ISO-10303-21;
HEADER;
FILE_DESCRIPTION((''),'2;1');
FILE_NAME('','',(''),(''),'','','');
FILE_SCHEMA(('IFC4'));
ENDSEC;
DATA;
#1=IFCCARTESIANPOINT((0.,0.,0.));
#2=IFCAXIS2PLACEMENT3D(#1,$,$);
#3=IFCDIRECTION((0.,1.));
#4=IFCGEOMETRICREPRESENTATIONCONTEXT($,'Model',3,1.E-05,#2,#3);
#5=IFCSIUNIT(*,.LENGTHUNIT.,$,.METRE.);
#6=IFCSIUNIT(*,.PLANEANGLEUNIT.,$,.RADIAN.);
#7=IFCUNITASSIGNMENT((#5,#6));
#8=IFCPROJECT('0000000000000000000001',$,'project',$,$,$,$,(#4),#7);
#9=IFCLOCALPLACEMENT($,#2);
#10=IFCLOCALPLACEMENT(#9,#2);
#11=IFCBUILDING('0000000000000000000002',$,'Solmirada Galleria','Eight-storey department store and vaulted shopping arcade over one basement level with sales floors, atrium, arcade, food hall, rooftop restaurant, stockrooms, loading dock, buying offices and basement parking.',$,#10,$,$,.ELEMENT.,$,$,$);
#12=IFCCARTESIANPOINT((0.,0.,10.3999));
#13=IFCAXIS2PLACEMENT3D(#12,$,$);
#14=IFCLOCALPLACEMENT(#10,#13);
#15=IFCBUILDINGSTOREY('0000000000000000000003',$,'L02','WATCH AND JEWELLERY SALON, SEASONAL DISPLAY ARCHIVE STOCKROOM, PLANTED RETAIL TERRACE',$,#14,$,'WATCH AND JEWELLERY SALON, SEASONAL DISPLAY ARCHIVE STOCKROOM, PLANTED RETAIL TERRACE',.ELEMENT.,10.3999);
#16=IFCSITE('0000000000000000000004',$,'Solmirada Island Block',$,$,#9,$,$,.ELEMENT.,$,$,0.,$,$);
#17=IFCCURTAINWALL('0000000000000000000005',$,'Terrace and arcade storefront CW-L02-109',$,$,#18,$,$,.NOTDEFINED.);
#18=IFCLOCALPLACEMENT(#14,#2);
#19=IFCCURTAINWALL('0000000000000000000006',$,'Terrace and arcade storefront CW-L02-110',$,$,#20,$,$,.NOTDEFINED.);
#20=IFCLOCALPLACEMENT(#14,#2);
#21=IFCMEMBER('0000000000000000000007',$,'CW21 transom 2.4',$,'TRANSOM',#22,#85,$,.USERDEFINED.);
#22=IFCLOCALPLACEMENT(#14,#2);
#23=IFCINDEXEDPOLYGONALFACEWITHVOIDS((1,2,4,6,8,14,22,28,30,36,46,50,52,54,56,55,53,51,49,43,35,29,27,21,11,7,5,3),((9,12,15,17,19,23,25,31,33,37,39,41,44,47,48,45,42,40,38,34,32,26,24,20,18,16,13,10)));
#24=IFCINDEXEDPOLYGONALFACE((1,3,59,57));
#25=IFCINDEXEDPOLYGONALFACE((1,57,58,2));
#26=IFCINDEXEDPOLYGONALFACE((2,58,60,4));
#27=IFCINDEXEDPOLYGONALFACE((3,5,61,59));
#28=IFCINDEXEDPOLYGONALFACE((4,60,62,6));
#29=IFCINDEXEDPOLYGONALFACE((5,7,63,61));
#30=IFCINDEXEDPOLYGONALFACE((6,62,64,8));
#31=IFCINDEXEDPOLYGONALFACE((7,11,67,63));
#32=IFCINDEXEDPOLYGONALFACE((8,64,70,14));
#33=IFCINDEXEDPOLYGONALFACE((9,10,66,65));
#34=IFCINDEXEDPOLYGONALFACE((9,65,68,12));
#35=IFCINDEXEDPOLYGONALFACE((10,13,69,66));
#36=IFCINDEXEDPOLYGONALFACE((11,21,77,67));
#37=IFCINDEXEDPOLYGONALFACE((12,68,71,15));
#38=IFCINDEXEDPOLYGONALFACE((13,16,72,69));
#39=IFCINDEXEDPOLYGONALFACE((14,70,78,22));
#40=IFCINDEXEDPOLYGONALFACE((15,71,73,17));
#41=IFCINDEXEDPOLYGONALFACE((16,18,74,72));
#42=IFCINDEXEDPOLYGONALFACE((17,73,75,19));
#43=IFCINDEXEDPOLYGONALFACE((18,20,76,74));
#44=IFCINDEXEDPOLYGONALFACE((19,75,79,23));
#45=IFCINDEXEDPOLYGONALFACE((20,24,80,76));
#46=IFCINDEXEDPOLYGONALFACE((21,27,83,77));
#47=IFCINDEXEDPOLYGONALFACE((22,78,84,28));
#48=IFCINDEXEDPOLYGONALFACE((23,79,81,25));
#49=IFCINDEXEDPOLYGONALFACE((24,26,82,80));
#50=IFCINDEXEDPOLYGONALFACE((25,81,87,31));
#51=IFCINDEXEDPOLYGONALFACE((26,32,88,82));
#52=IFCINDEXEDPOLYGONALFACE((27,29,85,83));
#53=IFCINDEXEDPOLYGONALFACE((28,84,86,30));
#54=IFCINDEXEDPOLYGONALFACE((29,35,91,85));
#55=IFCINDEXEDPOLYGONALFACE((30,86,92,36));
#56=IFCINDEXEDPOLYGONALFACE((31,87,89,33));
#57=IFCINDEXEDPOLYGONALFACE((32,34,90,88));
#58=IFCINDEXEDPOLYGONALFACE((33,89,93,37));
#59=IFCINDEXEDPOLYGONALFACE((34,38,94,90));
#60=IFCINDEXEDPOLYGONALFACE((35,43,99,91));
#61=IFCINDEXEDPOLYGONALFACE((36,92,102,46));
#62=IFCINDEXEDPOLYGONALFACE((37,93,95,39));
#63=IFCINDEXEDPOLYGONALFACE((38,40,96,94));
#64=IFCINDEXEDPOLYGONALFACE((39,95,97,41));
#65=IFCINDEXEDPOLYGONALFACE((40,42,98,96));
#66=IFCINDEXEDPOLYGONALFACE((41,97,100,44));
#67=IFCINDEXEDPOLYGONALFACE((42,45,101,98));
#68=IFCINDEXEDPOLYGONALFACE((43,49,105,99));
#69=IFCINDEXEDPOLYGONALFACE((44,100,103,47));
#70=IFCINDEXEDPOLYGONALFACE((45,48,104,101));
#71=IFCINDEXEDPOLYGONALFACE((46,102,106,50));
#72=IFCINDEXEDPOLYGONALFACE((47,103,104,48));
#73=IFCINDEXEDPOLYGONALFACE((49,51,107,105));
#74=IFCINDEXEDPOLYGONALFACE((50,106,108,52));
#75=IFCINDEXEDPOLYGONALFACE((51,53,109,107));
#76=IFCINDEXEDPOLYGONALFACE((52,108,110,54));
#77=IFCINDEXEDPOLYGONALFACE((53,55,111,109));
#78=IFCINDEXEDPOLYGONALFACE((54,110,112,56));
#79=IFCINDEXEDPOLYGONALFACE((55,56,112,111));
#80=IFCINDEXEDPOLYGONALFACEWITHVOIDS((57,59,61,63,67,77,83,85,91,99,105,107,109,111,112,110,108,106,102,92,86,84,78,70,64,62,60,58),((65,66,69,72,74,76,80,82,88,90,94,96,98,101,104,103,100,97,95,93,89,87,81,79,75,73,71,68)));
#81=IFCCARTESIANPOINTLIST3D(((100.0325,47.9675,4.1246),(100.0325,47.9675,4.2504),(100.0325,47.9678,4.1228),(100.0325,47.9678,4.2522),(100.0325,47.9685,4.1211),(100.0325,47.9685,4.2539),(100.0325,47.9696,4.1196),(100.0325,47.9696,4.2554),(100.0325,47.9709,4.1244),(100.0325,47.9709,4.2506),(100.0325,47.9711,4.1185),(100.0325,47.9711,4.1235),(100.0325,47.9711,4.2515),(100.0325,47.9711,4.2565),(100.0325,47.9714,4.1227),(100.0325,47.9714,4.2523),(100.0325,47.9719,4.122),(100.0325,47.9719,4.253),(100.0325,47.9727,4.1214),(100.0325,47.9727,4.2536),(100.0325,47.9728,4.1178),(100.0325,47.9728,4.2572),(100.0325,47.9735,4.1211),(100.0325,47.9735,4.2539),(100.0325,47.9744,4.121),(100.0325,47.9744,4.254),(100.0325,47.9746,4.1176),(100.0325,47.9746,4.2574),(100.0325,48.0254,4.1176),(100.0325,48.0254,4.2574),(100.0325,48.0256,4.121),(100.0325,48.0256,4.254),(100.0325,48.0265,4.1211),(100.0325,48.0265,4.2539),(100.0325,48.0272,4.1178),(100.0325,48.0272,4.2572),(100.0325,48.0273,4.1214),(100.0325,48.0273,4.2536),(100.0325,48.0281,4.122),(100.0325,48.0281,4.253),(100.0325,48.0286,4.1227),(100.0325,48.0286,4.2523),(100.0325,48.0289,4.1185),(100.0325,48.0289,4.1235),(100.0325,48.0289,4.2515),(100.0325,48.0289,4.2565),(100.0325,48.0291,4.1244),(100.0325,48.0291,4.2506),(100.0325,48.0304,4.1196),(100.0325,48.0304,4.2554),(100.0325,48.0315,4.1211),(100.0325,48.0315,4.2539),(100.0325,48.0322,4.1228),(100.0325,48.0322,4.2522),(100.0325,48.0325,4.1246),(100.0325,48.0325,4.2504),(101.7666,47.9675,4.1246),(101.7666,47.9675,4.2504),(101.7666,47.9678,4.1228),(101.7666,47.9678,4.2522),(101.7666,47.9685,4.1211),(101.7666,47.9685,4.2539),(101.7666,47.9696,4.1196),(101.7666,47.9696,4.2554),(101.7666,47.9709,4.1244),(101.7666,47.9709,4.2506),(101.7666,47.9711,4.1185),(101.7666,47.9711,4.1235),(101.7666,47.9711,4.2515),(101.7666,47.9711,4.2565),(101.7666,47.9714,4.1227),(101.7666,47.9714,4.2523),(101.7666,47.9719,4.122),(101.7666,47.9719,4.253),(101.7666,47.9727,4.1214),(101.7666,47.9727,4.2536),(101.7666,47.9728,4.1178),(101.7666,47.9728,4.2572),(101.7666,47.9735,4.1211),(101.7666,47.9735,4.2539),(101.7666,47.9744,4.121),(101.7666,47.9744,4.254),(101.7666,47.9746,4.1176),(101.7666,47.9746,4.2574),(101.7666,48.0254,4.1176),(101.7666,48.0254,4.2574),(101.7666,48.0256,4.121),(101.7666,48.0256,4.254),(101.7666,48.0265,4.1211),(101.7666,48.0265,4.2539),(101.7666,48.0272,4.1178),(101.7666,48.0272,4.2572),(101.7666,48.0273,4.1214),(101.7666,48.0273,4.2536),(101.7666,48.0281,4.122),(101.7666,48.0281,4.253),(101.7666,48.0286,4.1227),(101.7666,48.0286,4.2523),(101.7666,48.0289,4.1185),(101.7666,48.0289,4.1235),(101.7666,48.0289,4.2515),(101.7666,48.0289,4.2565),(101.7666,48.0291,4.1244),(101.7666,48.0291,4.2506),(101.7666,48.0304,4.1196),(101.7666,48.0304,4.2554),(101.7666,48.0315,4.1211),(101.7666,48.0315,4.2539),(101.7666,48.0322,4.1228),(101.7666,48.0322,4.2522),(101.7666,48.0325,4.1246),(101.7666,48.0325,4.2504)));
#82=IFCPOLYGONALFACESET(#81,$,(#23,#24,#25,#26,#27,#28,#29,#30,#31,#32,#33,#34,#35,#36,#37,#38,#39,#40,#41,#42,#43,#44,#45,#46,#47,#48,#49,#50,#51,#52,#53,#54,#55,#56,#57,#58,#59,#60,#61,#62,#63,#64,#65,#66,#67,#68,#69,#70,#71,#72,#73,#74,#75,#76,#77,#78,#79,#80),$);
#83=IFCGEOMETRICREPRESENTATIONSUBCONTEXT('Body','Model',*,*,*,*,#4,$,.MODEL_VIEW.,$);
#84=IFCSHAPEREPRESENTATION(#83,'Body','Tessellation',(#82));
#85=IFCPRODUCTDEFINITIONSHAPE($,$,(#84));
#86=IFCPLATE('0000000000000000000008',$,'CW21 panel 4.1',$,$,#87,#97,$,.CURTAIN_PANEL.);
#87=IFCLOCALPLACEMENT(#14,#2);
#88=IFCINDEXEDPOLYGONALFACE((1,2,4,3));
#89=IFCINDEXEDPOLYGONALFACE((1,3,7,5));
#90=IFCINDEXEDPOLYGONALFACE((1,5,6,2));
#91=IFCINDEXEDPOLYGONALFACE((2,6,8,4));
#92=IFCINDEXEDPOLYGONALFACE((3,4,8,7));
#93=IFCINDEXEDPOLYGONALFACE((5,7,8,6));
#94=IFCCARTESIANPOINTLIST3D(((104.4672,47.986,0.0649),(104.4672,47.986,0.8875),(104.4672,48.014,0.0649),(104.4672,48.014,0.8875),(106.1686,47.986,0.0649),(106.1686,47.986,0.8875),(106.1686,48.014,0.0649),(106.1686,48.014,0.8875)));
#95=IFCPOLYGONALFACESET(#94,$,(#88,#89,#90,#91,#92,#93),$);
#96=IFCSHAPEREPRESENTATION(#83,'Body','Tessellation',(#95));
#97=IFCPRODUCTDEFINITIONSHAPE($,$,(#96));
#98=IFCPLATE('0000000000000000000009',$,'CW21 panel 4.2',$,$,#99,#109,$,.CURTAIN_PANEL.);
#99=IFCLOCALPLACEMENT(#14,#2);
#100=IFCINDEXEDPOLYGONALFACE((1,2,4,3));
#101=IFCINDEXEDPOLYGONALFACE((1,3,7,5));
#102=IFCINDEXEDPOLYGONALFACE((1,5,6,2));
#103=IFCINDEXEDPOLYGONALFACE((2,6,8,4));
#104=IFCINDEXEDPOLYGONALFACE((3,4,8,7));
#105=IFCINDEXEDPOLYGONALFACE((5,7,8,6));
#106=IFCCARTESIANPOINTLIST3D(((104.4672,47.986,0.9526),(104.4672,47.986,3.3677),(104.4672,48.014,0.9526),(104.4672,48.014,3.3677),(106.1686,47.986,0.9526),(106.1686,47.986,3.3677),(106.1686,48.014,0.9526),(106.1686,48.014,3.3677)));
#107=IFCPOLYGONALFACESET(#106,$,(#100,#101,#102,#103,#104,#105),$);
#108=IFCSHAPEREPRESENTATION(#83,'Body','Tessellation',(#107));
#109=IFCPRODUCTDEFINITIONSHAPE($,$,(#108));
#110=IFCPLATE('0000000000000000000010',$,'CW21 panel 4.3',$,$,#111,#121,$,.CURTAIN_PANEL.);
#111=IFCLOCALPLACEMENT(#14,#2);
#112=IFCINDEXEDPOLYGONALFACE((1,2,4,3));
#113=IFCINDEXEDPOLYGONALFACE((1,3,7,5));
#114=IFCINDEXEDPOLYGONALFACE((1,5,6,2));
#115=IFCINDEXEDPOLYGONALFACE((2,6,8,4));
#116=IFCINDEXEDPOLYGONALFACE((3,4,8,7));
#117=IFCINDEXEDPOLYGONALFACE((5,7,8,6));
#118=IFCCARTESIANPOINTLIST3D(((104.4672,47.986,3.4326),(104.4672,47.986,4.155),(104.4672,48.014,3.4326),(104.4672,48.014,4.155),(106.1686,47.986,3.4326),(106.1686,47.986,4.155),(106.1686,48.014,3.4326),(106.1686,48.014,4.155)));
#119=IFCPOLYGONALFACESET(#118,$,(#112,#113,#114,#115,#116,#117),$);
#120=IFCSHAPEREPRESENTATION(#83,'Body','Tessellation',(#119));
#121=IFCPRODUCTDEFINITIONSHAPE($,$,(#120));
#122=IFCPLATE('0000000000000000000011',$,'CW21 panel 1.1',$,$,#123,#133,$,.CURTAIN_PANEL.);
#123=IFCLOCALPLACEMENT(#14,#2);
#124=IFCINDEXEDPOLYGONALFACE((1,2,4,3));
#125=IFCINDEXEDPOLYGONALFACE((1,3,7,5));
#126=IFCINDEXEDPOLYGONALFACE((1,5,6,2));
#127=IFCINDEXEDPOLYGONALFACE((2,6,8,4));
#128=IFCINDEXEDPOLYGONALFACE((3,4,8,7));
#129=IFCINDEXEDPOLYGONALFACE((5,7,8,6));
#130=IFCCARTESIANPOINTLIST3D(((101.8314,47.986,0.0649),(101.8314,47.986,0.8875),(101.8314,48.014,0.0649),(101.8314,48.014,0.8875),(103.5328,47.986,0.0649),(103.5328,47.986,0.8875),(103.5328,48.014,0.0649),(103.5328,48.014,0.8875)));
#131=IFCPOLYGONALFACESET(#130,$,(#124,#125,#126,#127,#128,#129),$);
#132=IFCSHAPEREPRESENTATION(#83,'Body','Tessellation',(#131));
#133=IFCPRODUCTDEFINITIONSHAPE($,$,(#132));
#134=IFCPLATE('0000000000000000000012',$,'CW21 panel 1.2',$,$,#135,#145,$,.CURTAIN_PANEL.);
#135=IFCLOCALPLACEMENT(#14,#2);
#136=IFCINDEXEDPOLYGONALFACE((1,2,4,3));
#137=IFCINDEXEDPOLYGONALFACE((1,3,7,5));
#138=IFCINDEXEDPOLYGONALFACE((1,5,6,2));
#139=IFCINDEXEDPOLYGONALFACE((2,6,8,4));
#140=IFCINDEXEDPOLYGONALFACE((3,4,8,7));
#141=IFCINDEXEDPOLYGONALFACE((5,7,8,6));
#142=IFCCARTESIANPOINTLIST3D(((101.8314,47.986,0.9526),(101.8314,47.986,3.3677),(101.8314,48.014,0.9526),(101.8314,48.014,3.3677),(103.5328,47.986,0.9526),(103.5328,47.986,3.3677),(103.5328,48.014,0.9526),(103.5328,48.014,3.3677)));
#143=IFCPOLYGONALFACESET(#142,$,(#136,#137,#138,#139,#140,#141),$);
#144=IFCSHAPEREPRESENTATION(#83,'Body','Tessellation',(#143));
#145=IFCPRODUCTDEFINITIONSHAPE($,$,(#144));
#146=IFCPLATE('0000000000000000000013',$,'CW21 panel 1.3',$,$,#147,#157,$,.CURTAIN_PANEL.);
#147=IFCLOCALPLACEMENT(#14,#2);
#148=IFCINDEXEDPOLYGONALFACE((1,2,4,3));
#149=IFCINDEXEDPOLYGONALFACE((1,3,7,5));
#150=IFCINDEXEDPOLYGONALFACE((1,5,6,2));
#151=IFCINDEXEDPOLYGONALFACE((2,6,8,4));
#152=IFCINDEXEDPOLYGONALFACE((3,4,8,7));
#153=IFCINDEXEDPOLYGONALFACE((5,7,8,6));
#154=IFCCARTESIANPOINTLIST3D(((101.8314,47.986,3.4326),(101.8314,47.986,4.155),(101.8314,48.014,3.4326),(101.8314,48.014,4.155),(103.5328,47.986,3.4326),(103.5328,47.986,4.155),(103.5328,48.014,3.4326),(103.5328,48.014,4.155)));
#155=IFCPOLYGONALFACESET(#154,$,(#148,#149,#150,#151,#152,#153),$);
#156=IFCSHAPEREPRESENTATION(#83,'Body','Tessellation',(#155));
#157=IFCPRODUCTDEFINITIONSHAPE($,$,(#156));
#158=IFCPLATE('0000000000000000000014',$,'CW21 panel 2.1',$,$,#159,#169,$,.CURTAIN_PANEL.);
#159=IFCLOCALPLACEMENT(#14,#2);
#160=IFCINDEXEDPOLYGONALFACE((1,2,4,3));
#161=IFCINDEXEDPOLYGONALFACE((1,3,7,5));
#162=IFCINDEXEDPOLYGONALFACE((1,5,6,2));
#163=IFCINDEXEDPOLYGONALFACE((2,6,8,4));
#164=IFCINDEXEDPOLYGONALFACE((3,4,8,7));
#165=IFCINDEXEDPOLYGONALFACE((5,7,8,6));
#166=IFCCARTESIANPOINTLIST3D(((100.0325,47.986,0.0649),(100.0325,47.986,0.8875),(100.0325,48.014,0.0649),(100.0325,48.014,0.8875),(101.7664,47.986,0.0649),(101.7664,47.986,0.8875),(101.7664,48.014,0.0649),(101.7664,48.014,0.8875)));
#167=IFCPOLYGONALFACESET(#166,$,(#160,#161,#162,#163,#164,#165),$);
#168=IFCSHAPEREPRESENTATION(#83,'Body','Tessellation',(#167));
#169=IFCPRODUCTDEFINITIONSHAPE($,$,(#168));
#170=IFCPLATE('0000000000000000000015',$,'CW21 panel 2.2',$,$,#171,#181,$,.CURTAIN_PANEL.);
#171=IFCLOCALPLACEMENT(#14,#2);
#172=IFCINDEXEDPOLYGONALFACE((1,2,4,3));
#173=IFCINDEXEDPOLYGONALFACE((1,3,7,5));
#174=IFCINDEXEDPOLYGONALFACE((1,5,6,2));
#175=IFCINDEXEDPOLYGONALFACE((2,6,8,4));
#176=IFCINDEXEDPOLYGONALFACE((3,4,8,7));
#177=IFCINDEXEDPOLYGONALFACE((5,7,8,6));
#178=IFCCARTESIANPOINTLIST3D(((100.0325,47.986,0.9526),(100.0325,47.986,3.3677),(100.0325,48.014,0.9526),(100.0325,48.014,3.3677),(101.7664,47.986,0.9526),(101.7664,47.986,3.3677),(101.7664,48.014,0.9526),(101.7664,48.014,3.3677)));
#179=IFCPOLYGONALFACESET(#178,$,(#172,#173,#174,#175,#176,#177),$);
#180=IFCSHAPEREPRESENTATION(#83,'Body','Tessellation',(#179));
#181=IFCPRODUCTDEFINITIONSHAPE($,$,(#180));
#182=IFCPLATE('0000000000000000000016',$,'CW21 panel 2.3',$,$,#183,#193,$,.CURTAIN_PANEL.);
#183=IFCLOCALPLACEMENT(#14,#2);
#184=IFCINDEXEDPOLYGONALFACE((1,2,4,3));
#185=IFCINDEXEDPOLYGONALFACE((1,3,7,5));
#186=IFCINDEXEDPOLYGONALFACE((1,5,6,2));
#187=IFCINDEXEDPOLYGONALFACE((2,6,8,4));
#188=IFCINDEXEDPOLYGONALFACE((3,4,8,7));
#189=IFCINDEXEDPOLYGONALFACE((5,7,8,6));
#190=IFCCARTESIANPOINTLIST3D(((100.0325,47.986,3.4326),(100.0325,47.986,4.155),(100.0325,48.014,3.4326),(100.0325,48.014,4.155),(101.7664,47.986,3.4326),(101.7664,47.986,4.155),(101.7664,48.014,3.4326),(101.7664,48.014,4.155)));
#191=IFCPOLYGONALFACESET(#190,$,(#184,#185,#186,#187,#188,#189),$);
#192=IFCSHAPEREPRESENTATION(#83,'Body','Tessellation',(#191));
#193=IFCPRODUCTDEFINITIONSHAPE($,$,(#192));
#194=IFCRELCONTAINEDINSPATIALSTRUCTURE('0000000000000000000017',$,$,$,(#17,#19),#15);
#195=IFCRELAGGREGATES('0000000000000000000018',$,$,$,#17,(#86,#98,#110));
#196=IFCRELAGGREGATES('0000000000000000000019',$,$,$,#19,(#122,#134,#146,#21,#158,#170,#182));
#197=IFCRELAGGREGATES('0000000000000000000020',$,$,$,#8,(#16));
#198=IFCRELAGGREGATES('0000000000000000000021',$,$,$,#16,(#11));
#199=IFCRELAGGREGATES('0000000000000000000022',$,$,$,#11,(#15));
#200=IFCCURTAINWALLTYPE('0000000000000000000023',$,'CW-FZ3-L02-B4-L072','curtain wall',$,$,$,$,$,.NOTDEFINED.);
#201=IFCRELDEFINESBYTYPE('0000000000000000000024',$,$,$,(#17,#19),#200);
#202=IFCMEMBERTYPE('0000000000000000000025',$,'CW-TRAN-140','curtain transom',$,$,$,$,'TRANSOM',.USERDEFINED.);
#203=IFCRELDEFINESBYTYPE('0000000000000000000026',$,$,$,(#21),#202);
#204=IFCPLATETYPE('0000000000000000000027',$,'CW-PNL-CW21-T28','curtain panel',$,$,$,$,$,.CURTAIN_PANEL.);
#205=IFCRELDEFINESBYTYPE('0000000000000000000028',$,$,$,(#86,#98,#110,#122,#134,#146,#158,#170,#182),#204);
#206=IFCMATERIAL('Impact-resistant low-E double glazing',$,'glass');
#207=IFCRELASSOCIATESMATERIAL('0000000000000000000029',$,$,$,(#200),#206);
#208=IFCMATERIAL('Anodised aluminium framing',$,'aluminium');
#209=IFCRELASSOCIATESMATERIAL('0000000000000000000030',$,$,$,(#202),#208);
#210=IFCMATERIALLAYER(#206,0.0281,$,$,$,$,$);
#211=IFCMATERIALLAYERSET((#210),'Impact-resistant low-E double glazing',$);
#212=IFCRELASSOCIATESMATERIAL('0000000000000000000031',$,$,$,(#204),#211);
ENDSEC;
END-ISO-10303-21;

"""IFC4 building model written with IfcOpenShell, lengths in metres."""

from ifc_helpers import new_model, si_unit, direction, frame, origin, origin_2d, place, context, subcontext, project, spatial, rectangle, hollow_rectangle, extrude, material, layer, layer_set, material_profile, profile_set, type_object, element, aggregate, save


model = new_model("IFC4")

# Units and contexts
model_context = context("Model", 3, precision=1e-05, world=origin(), true_north=direction((0.0, 1.0)))
body_context = subcontext(model_context, "Body", "Model", "MODEL_VIEW")
ifc_project = project(units=[si_unit("LENGTHUNIT", "METRE"), si_unit("PLANEANGLEUNIT", "RADIAN")], contexts=[model_context])

# Site, building, storey
site_placement = place(None, origin())
site = spatial("IfcSite", under=ifc_project, at=site_placement, Name="Solmirada Island Block", CompositionType="ELEMENT", RefElevation=0.0)
building_placement = place(site_placement, origin())
building = spatial("IfcBuilding", under=site, at=building_placement, Name="Solmirada Galleria", Description="Eight-storey department store and vaulted shopping arcade over one basement level with sales floors, atrium, arcade, food hall, rooftop restaurant, stockrooms, loading dock, buying offices and basement parking.", CompositionType="ELEMENT")
storey_placement = place(building_placement, frame((0.0, 0.0, 10.3999)))
storey = spatial("IfcBuildingStorey", under=building, at=storey_placement, Name="L02", Description="WATCH AND JEWELLERY SALON, SEASONAL DISPLAY ARCHIVE STOCKROOM, PLANTED RETAIL TERRACE", LongName="WATCH AND JEWELLERY SALON, SEASONAL DISPLAY ARCHIVE STOCKROOM, PLANTED RETAIL TERRACE", CompositionType="ELEMENT", Elevation=10.3999)

# Curtain walls
ifc_material_1 = material(Name="Impact-resistant low-E double glazing", Category="glass")
curtain_wall_type = type_object("IfcCurtainWallType", Name="CW-FZ3-L02-B4-L072", Description="curtain wall", PredefinedType="NOTDEFINED", material=ifc_material_1)
curtain_wall_1_placement = place(storey_placement, origin())
curtain_wall_1 = element("IfcCurtainWall", 1, at=curtain_wall_1_placement, inside=storey, type_object=curtain_wall_type, Name="Terrace and arcade storefront CW-L02-109", PredefinedType="NOTDEFINED")
ifc_material_2 = material(Name="Anodised aluminium framing", Category="aluminium")
curtain_wall_2_placement = place(storey_placement, origin())
curtain_wall_2 = element("IfcCurtainWall", 2, at=curtain_wall_2_placement, inside=storey, type_object=curtain_wall_type, Name="Terrace and arcade storefront CW-L02-110", PredefinedType="NOTDEFINED")

# Member
ifc_material_profile_1 = material_profile(ifc_material_2, hollow_rectangle(XDim=0.0649, YDim=0.1399, WallThickness=0.0034, InnerFilletRadius=0.0034, OuterFilletRadius=0.0071, at=origin_2d()), Name="ALU-TRAN-140X65")
ifc_profile_set_1 = profile_set([ifc_material_profile_1], Name="Anodised aluminium framing")
member_type_1 = type_object("IfcMemberType", Name="CW-TRAN-140", Description="curtain transom", ElementType="TRANSOM", PredefinedType="USERDEFINED", material=ifc_profile_set_1)
member_1_placement = place(storey_placement, frame((101.7666, 48.0, 4.1875), z_axis=(-1.0, 0.0, 0.0), x_axis=(0.0, -1.0, 0.0)))
member_1 = element("IfcMember", 3, at=member_1_placement, type_object=member_type_1, Name="CW21 transom 2.4", ObjectType="TRANSOM", PredefinedType="USERDEFINED", context=body_context, shape_type="SweptSolid", body=[
    extrude(hollow_rectangle(XDim=0.0649, YDim=0.1399, WallThickness=0.0034, InnerFilletRadius=0.0034, OuterFilletRadius=0.0071, at=origin_2d()), origin(), (0.0, 0.0, 1.0), 1.7341),
])

# Plates
ifc_layer = layer(ifc_material_1, 0.0281)
ifc_layer_set = layer_set([ifc_layer], Name="Impact-resistant low-E double glazing")
plate_type = type_object("IfcPlateType", Name="CW-PNL-CW21-T28", Description="curtain panel", PredefinedType="CURTAIN_PANEL", material=ifc_layer_set)
plate_1_placement = place(storey_placement, frame((105.3179, 48.0, 0.0649), z_axis=(0.0, 0.0, 1.0), x_axis=(-1.0, 0.0, 0.0)))
plate_1 = element("IfcPlate", 4, at=plate_1_placement, type_object=plate_type, Name="CW21 panel 4.1", PredefinedType="CURTAIN_PANEL", context=body_context, shape_type="SweptSolid", body=[
    extrude(rectangle(XDim=1.7014, YDim=0.0281, at=origin_2d()), origin(), (0.0, 0.0, 1.0), 0.8225),
])
plate_2_placement = place(storey_placement, frame((105.3179, 48.0, 0.9526), z_axis=(0.0, 0.0, 1.0), x_axis=(-1.0, 0.0, 0.0)))
plate_2 = element("IfcPlate", 5, at=plate_2_placement, type_object=plate_type, Name="CW21 panel 4.2", PredefinedType="CURTAIN_PANEL", context=body_context, shape_type="SweptSolid", body=[
    extrude(rectangle(XDim=1.7014, YDim=0.0281, at=origin_2d()), origin(), (0.0, 0.0, 1.0), 2.415),
])
plate_3_placement = place(storey_placement, frame((105.3179, 48.0, 3.4326), z_axis=(0.0, 0.0, 1.0), x_axis=(-1.0, 0.0, 0.0)))
plate_3 = element("IfcPlate", 6, at=plate_3_placement, type_object=plate_type, Name="CW21 panel 4.3", PredefinedType="CURTAIN_PANEL", context=body_context, shape_type="SweptSolid", body=[
    extrude(rectangle(XDim=1.7014, YDim=0.0281, at=origin_2d()), origin(), (0.0, 0.0, 1.0), 0.7224),
])
aggregate(curtain_wall_1, [plate_1, plate_2, plate_3])
plate_4_placement = place(storey_placement, frame((102.6821, 48.0, 0.0649), z_axis=(0.0, 0.0, 1.0), x_axis=(-1.0, 0.0, 0.0)))
plate_4 = element("IfcPlate", 7, at=plate_4_placement, type_object=plate_type, Name="CW21 panel 1.1", PredefinedType="CURTAIN_PANEL", context=body_context, shape_type="SweptSolid", body=[
    extrude(rectangle(XDim=1.7014, YDim=0.0281, at=origin_2d()), origin(), (0.0, 0.0, 1.0), 0.8225),
])
plate_5_placement = place(storey_placement, frame((102.6821, 48.0, 0.9526), z_axis=(0.0, 0.0, 1.0), x_axis=(-1.0, 0.0, 0.0)))
plate_5 = element("IfcPlate", 8, at=plate_5_placement, type_object=plate_type, Name="CW21 panel 1.2", PredefinedType="CURTAIN_PANEL", context=body_context, shape_type="SweptSolid", body=[
    extrude(rectangle(XDim=1.7014, YDim=0.0281, at=origin_2d()), origin(), (0.0, 0.0, 1.0), 2.415),
])
plate_6_placement = place(storey_placement, frame((102.6821, 48.0, 3.4326), z_axis=(0.0, 0.0, 1.0), x_axis=(-1.0, 0.0, 0.0)))
plate_6 = element("IfcPlate", 9, at=plate_6_placement, type_object=plate_type, Name="CW21 panel 1.3", PredefinedType="CURTAIN_PANEL", context=body_context, shape_type="SweptSolid", body=[
    extrude(rectangle(XDim=1.7014, YDim=0.0281, at=origin_2d()), origin(), (0.0, 0.0, 1.0), 0.7224),
])
plate_7_placement = place(storey_placement, frame((100.8994, 48.0, 0.0649), z_axis=(0.0, 0.0, 1.0), x_axis=(-1.0, 0.0, 0.0)))
plate_7 = element("IfcPlate", 10, at=plate_7_placement, type_object=plate_type, Name="CW21 panel 2.1", PredefinedType="CURTAIN_PANEL", context=body_context, shape_type="SweptSolid", body=[
    extrude(rectangle(XDim=1.7339, YDim=0.0281, at=origin_2d()), origin(), (0.0, 0.0, 1.0), 0.8225),
])
plate_8_placement = place(storey_placement, frame((100.8994, 48.0, 0.9526), z_axis=(0.0, 0.0, 1.0), x_axis=(-1.0, 0.0, 0.0)))
plate_8 = element("IfcPlate", 11, at=plate_8_placement, type_object=plate_type, Name="CW21 panel 2.2", PredefinedType="CURTAIN_PANEL", context=body_context, shape_type="SweptSolid", body=[
    extrude(rectangle(XDim=1.7339, YDim=0.0281, at=origin_2d()), origin(), (0.0, 0.0, 1.0), 2.415),
])
plate_9_placement = place(storey_placement, frame((100.8994, 48.0, 3.4326), z_axis=(0.0, 0.0, 1.0), x_axis=(-1.0, 0.0, 0.0)))
plate_9 = element("IfcPlate", 12, at=plate_9_placement, type_object=plate_type, Name="CW21 panel 2.3", PredefinedType="CURTAIN_PANEL", context=body_context, shape_type="SweptSolid", body=[
    extrude(rectangle(XDim=1.7339, YDim=0.0281, at=origin_2d()), origin(), (0.0, 0.0, 1.0), 0.7224),
])
aggregate(curtain_wall_2, [plate_4, plate_5, plate_6, member_1, plate_7, plate_8, plate_9])

save(model, "model.ifc")
